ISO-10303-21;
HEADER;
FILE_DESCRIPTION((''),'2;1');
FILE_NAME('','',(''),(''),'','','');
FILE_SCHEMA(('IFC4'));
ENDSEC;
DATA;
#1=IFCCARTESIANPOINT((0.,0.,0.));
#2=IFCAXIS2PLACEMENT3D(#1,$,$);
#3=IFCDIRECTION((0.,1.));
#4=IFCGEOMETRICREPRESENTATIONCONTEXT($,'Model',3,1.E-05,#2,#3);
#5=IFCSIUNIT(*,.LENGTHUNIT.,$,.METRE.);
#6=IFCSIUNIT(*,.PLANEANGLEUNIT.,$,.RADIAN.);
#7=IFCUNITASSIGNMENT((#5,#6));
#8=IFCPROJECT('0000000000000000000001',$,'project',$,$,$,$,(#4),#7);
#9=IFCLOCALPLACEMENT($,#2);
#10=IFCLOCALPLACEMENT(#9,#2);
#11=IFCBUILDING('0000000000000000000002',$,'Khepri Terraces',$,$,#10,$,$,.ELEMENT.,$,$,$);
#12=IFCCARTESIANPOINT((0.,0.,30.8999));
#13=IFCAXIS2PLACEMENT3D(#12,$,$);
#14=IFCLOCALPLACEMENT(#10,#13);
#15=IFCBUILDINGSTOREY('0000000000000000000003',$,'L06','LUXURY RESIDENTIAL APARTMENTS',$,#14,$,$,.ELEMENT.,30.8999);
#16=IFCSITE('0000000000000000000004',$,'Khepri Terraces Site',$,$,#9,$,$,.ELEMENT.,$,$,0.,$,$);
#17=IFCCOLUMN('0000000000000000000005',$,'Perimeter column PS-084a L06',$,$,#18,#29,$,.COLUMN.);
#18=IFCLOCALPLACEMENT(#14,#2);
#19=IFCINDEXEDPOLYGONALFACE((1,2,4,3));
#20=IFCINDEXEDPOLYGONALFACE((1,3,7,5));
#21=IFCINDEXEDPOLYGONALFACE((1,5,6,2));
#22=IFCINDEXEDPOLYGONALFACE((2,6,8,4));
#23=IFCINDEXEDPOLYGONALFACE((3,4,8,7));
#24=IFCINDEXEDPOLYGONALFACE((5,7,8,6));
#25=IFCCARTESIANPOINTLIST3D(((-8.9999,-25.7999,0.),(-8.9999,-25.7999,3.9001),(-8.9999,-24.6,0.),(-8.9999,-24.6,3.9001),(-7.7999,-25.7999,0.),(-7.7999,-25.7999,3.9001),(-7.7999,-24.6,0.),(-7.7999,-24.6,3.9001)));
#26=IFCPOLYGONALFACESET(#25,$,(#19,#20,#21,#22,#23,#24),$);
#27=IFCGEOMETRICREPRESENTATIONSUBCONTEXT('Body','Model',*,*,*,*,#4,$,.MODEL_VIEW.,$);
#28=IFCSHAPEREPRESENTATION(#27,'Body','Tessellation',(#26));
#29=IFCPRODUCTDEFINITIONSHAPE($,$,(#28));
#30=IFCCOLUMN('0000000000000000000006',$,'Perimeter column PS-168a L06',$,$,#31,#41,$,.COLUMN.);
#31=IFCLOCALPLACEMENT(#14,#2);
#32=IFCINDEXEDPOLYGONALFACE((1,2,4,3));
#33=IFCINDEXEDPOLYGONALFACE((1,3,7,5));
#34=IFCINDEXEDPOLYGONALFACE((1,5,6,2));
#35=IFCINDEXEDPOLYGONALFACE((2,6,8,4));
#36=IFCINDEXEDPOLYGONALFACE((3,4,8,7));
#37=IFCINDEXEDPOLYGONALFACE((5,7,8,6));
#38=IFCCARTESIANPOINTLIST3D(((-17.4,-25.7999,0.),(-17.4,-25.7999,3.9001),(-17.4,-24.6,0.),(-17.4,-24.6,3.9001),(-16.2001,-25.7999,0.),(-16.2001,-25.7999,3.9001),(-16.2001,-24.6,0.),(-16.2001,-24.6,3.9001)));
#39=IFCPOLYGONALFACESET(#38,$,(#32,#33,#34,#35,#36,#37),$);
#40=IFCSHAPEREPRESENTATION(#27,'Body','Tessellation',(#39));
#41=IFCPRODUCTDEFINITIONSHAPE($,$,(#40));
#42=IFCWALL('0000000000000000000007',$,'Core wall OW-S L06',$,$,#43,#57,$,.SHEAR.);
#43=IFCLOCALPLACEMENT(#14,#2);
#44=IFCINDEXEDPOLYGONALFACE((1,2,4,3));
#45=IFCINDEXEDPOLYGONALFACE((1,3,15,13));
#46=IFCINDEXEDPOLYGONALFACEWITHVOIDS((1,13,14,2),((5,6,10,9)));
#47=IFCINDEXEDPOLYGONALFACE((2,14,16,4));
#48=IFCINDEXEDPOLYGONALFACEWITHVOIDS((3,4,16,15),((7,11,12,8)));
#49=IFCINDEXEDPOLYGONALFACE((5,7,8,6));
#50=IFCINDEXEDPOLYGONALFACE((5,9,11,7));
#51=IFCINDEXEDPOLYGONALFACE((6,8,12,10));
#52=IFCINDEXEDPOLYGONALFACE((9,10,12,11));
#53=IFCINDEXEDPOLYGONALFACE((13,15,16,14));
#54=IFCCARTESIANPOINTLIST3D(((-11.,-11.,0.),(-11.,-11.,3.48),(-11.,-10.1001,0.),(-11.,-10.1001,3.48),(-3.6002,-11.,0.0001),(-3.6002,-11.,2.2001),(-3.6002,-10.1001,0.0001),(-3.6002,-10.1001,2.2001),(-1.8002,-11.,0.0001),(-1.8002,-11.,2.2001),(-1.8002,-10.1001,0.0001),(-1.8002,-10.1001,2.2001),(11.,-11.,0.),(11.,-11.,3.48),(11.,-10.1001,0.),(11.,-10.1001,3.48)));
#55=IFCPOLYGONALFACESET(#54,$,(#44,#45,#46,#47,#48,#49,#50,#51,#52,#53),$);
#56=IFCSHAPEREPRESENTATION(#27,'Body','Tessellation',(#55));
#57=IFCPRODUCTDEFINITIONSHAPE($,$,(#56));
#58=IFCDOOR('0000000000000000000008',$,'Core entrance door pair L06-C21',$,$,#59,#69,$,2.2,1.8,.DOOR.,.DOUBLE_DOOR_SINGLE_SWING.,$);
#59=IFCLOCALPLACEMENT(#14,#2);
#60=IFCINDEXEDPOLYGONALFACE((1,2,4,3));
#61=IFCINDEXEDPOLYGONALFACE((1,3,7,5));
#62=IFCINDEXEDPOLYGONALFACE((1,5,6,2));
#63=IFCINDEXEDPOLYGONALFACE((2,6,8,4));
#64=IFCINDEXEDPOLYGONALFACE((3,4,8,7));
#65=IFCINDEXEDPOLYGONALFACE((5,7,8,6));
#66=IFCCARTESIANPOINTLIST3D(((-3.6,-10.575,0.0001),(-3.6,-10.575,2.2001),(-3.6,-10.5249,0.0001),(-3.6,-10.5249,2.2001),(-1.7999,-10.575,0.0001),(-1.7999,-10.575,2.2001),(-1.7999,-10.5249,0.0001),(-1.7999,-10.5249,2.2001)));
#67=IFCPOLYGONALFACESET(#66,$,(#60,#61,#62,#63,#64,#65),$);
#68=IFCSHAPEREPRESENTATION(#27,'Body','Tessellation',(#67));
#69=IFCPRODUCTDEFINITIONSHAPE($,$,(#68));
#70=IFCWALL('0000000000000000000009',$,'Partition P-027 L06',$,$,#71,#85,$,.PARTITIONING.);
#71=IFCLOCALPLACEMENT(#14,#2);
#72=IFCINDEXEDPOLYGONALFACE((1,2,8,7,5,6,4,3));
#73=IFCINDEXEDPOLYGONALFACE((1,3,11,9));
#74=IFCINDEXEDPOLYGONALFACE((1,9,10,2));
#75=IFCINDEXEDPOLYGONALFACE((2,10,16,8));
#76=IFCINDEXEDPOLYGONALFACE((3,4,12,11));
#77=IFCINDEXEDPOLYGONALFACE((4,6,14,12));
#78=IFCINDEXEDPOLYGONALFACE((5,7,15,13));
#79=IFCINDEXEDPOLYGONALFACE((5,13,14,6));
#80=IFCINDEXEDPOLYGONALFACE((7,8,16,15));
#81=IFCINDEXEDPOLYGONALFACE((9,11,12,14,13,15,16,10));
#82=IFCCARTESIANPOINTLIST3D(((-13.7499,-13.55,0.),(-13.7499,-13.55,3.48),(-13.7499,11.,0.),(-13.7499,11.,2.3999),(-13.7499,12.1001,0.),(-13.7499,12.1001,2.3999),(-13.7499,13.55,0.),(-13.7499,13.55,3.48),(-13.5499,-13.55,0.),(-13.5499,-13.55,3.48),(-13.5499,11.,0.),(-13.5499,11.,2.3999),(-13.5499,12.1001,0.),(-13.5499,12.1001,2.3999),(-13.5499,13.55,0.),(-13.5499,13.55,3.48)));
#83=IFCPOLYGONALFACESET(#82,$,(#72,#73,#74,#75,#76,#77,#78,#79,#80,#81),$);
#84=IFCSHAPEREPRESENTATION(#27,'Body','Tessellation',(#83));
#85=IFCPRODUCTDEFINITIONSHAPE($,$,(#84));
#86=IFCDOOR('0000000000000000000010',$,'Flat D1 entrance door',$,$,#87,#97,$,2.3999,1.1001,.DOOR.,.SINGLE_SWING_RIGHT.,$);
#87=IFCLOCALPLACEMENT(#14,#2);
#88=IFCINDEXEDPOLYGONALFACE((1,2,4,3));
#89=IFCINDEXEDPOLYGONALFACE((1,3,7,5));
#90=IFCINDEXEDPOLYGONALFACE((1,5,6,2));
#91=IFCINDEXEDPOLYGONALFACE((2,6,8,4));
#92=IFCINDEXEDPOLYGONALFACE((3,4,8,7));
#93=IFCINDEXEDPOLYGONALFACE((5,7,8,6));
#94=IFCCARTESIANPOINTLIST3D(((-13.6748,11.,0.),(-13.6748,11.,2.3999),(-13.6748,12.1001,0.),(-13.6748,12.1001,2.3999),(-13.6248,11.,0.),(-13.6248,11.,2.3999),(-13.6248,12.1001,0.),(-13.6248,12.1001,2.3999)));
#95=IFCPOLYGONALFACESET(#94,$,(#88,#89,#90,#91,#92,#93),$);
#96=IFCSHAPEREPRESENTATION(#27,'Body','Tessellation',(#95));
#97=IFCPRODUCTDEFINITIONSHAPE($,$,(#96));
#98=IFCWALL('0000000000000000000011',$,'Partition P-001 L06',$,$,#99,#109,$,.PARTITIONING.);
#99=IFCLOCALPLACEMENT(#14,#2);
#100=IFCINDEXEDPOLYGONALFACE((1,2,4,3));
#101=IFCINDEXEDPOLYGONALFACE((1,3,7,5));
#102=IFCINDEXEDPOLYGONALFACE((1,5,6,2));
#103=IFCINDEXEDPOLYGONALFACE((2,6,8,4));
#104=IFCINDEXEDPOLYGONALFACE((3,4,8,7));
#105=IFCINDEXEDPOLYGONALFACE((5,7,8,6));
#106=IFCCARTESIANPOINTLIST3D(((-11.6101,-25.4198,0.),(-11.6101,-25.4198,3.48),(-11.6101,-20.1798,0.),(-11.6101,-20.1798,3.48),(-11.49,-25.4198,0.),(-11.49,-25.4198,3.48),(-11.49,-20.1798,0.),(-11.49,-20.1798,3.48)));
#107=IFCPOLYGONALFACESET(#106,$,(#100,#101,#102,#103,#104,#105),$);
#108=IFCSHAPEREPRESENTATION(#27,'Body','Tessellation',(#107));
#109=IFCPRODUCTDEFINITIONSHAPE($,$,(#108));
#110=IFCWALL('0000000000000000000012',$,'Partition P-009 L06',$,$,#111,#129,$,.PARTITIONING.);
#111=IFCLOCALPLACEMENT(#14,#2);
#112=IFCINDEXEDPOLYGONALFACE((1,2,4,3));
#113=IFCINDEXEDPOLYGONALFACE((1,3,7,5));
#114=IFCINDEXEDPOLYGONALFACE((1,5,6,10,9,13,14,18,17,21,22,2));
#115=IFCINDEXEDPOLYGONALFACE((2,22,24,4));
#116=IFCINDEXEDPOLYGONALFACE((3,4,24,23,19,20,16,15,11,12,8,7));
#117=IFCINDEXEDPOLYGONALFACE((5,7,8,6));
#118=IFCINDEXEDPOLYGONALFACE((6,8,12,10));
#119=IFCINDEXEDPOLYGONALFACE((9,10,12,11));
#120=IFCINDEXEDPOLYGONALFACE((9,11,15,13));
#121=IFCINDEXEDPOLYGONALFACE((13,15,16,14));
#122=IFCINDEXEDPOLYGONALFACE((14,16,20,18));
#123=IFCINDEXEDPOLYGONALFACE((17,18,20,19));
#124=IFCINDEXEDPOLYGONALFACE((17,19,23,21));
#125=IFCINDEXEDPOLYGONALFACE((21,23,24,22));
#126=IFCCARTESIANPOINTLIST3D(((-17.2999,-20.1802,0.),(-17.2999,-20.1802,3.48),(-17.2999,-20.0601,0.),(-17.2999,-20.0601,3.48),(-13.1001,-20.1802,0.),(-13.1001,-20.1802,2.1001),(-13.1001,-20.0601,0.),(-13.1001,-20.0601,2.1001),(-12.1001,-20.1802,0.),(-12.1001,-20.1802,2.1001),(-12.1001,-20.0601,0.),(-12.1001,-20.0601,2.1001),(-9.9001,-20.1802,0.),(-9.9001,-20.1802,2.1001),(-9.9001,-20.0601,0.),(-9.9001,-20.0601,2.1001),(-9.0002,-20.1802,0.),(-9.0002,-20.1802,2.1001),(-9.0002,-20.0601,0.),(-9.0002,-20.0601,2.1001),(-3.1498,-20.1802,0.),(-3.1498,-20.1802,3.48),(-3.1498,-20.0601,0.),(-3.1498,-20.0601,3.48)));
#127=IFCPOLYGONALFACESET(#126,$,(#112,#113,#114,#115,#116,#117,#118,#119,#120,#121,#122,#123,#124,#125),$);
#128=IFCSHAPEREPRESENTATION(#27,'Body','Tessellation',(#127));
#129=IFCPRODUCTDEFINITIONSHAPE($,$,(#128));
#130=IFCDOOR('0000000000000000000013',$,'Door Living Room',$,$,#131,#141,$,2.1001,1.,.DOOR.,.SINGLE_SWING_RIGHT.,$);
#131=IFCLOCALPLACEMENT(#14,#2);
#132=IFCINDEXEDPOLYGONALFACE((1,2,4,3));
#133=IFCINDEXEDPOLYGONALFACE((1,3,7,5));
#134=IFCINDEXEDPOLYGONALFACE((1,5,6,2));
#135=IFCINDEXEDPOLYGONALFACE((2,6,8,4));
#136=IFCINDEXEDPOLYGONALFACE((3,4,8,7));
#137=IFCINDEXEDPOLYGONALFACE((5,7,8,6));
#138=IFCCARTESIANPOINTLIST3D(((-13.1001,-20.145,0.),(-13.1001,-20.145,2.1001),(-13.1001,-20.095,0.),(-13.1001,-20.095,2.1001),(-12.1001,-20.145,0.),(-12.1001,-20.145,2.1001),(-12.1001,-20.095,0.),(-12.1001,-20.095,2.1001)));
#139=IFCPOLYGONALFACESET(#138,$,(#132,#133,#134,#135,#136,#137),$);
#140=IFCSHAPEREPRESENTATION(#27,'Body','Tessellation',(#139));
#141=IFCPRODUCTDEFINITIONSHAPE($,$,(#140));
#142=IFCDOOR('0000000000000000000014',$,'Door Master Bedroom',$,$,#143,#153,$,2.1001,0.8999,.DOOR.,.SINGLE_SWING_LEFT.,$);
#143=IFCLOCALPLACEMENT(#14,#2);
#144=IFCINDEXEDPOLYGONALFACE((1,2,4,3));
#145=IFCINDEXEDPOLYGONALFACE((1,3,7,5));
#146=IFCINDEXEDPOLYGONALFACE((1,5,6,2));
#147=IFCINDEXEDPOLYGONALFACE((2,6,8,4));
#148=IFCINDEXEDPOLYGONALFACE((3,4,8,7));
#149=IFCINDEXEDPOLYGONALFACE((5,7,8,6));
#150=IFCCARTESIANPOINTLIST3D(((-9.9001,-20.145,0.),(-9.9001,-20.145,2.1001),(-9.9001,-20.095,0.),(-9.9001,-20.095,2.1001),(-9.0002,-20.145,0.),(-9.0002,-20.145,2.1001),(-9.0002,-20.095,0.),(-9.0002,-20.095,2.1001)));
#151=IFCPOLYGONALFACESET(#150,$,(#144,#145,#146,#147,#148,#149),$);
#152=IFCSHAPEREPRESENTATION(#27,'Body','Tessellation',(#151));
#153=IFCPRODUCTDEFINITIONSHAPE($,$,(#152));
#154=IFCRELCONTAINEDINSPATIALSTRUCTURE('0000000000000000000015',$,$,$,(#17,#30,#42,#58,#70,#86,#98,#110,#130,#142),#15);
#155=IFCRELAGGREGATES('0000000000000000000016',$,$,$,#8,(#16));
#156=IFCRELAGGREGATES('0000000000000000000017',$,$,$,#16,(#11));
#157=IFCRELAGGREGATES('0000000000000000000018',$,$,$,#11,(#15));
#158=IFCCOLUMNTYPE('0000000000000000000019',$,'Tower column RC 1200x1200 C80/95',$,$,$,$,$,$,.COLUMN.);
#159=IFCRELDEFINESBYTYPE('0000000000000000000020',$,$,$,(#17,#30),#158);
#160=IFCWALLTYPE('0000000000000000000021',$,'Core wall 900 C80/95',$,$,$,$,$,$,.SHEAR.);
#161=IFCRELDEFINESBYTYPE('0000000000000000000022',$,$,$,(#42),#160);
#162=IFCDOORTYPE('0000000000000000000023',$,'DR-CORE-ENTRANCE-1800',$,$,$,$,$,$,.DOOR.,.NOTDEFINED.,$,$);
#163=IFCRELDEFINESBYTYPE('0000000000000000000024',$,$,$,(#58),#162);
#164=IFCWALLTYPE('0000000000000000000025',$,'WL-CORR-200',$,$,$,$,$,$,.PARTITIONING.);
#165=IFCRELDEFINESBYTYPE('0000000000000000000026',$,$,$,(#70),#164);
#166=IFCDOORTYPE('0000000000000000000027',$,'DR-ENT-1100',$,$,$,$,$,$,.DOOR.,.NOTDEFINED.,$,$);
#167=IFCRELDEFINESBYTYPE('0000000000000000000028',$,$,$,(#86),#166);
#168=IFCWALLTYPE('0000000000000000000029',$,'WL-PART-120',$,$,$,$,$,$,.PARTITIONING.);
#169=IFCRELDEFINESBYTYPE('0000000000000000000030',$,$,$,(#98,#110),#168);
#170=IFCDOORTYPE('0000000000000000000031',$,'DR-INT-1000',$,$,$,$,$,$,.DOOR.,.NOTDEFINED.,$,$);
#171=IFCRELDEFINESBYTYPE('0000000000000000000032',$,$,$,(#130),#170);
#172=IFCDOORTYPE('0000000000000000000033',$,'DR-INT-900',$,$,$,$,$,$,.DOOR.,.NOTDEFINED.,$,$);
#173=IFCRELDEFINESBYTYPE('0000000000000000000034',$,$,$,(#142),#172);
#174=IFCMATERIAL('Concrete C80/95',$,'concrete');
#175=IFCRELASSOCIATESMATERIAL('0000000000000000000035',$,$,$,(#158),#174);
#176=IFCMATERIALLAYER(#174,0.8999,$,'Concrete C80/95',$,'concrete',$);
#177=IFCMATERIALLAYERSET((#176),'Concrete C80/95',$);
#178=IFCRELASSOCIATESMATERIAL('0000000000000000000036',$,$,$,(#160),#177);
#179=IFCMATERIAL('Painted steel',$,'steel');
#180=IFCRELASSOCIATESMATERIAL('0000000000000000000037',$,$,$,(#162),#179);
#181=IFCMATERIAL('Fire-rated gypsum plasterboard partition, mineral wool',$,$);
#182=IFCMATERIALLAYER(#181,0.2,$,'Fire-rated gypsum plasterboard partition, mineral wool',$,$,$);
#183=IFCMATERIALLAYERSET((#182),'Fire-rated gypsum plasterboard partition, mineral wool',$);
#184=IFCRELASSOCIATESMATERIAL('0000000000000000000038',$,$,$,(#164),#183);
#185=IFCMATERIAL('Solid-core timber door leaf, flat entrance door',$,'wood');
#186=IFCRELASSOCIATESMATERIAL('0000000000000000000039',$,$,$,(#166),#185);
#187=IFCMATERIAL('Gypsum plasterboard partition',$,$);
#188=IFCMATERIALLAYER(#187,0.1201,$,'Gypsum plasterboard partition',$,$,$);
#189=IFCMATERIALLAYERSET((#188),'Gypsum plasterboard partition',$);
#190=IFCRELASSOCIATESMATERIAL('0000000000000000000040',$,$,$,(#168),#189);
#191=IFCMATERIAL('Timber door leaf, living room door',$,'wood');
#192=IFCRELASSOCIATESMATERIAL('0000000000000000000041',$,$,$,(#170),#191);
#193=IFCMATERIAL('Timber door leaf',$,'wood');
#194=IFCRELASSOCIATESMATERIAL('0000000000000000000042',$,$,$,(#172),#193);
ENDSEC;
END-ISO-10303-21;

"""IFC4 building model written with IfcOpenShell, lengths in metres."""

from ifc_helpers import new_model, si_unit, direction, frame, frame_2d, origin, origin_2d, place, context, subcontext, project, spatial, rectangle, extrude, material, layer, layer_set, material_profile, profile_set, type_object, element, fill, save


model = new_model("IFC4")

# Units and contexts
model_context = context("Model", 3, precision=1e-05, world=origin(), true_north=direction((0.0, 1.0)))
body_context = subcontext(model_context, "Body", "Model", "MODEL_VIEW")
ifc_project = project(units=[si_unit("LENGTHUNIT", "METRE"), si_unit("PLANEANGLEUNIT", "RADIAN")], contexts=[model_context])

# Site, building, storey
site_placement = place(None, origin())
site = spatial("IfcSite", under=ifc_project, at=site_placement, Name="Khepri Terraces Site", CompositionType="ELEMENT", RefElevation=0.0)
building_placement = place(site_placement, origin())
building = spatial("IfcBuilding", under=site, at=building_placement, Name="Khepri Terraces", CompositionType="ELEMENT")
storey_placement = place(building_placement, frame((0.0, 0.0, 30.8999)))
storey = spatial("IfcBuildingStorey", under=building, at=storey_placement, Name="L06", Description="LUXURY RESIDENTIAL APARTMENTS", CompositionType="ELEMENT", Elevation=30.8999)

# Columns
ifc_material_1 = material(Name="Concrete C80/95", Category="concrete")
ifc_material_profile = material_profile(ifc_material_1, rectangle(XDim=1.2, YDim=1.2, at=origin_2d()), Name="Concrete C80/95", Category="concrete")
ifc_profile_set = profile_set([ifc_material_profile], Name="Concrete C80/95")
column_type = type_object("IfcColumnType", Name="Tower column RC 1200x1200 C80/95", PredefinedType="COLUMN", material=ifc_profile_set)
for number, where, z_axis, x_axis, name in (
    (1, (-8.3999, -25.2, 0.0), (0.0, 0.0, 1.0), (1.0, 0.0, 0.0), "Perimeter column PS-084a L06"),
    (2, (-16.8, -25.2, 0.0), (0.0, 0.0, 1.0), (1.0, 0.0, 0.0), "Perimeter column PS-168a L06"),
):
    element("IfcColumn", number, at=place(storey_placement, frame(where, z_axis=z_axis, x_axis=x_axis)), inside=storey, type_object=column_type, Name=name, PredefinedType="COLUMN", context=body_context, shape_type="SweptSolid", body=[
        extrude(rectangle(XDim=1.2, YDim=1.2, at=origin_2d()), origin(), (0.0, 0.0, 1.0), 3.9001),
    ])

# Walls, openings, doors
ifc_layer_1 = layer(ifc_material_1, 0.8999, Name="Concrete C80/95", Category="concrete")
ifc_layer_set_1 = layer_set([ifc_layer_1], Name="Concrete C80/95")
wall_type_1 = type_object("IfcWallType", Name="Core wall 900 C80/95", PredefinedType="SHEAR", material=ifc_layer_set_1)
wall_1_placement = place(storey_placement, frame((-11.0, -10.55, 0.0), z_axis=(0.0, 0.0, 1.0), x_axis=(1.0, 0.0, 0.0)))
wall_1 = element("IfcWall", 3, at=wall_1_placement, inside=storey, type_object=wall_type_1, Name="Core wall OW-S L06", PredefinedType="SHEAR", context=body_context, shape_type="SweptSolid", body=[
    extrude(rectangle(XDim=22.0, YDim=0.8999, at=frame_2d((11.0, 0.0))), origin(), (0.0, 0.0, 1.0), 3.48),
])
opening_1_placement = place(wall_1_placement, frame((7.3999, 0.0, 0.0)))
opening_1 = element("IfcOpeningElement", 4, at=opening_1_placement, cuts=wall_1, PredefinedType="OPENING", context=body_context, shape_type="SweptSolid", body=[
    extrude(rectangle(XDim=1.8, YDim=2.2, at=frame_2d((0.8999, 1.1001))), frame((0.0, 0.46, 0.0), z_axis=(0.0, -1.0, 0.0), x_axis=(1.0, 0.0, 0.0)), (0.0, 0.0, 1.0), 0.9199),
])
ifc_material_2 = material(Name="Painted steel", Category="steel")
door_type_1 = type_object("IfcDoorType", Name="DR-CORE-ENTRANCE-1800", OperationType="NOTDEFINED", PredefinedType="DOOR", material=ifc_material_2)
door_1_placement = place(opening_1_placement, frame((1.8, 0.0, 0.0), z_axis=(0.0, 0.0, 1.0), x_axis=(-1.0, 0.0, 0.0)))
door_1 = element("IfcDoor", 5, at=door_1_placement, inside=storey, type_object=door_type_1, Name="Core entrance door pair L06-C21", OperationType="DOUBLE_DOOR_SINGLE_SWING", OverallHeight=2.2, OverallWidth=1.8, PredefinedType="DOOR", context=body_context, shape_type="SweptSolid", body=[
    extrude(rectangle(XDim=1.8, YDim=2.2, at=frame_2d((0.8999, 1.1001))), frame((0.0, 0.0249, 0.0), z_axis=(0.0, -1.0, 0.0), x_axis=(1.0, 0.0, 0.0)), (0.0, 0.0, 1.0), 0.05),
])
fill(opening_1, door_1)
ifc_material_3 = material(Name="Fire-rated gypsum plasterboard partition, mineral wool")
ifc_layer_2 = layer(ifc_material_3, 0.2, Name="Fire-rated gypsum plasterboard partition, mineral wool")
ifc_layer_set_2 = layer_set([ifc_layer_2], Name="Fire-rated gypsum plasterboard partition, mineral wool")
wall_type_2 = type_object("IfcWallType", Name="WL-CORR-200", PredefinedType="PARTITIONING", material=ifc_layer_set_2)
wall_2_placement = place(storey_placement, frame((-13.6499, -13.55, 0.0), z_axis=(0.0, 0.0, 1.0), x_axis=(0.0, 1.0, 0.0)))
wall_2 = element("IfcWall", 6, at=wall_2_placement, inside=storey, type_object=wall_type_2, Name="Partition P-027 L06", PredefinedType="PARTITIONING", context=body_context, shape_type="SweptSolid", body=[
    extrude(rectangle(XDim=27.1001, YDim=0.2, at=frame_2d((13.55, 0.0))), origin(), (0.0, 0.0, 1.0), 3.48),
])
opening_2_placement = place(wall_2_placement, frame((24.55, 0.0, 0.0)))
opening_2 = element("IfcOpeningElement", 7, at=opening_2_placement, cuts=wall_2, PredefinedType="OPENING", context=body_context, shape_type="SweptSolid", body=[
    extrude(rectangle(XDim=1.1001, YDim=2.3999, at=frame_2d((0.55, 1.2))), frame((0.0, 0.1099, 0.0), z_axis=(0.0, -1.0, 0.0), x_axis=(1.0, 0.0, 0.0)), (0.0, 0.0, 1.0), 0.22),
])
ifc_material_4 = material(Name="Solid-core timber door leaf, flat entrance door", Category="wood")
door_type_2 = type_object("IfcDoorType", Name="DR-ENT-1100", OperationType="NOTDEFINED", PredefinedType="DOOR", material=ifc_material_4)
door_2_placement = place(opening_2_placement, origin())
door_2 = element("IfcDoor", 8, at=door_2_placement, inside=storey, type_object=door_type_2, Name="Flat D1 entrance door", OperationType="SINGLE_SWING_RIGHT", OverallHeight=2.3999, OverallWidth=1.1001, PredefinedType="DOOR", context=body_context, shape_type="SweptSolid", body=[
    extrude(rectangle(XDim=1.1001, YDim=2.3999, at=frame_2d((0.55, 1.2))), frame((0.0, 0.0249, 0.0), z_axis=(0.0, -1.0, 0.0), x_axis=(1.0, 0.0, 0.0)), (0.0, 0.0, 1.0), 0.05),
])
fill(opening_2, door_2)

# Wall
ifc_material_5 = material(Name="Gypsum plasterboard partition")
ifc_layer_3 = layer(ifc_material_5, 0.1201, Name="Gypsum plasterboard partition")
ifc_layer_set_3 = layer_set([ifc_layer_3], Name="Gypsum plasterboard partition")
wall_type_3 = type_object("IfcWallType", Name="WL-PART-120", PredefinedType="PARTITIONING", material=ifc_layer_set_3)
wall_3_placement = place(storey_placement, frame((-11.55, -25.4199, 0.0), z_axis=(0.0, 0.0, 1.0), x_axis=(0.0, 1.0, 0.0)))
element("IfcWall", 9, at=wall_3_placement, inside=storey, type_object=wall_type_3, Name="Partition P-001 L06", PredefinedType="PARTITIONING", context=body_context, shape_type="SweptSolid", body=[
    extrude(rectangle(XDim=5.24, YDim=0.1201, at=frame_2d((2.6201, 0.0))), origin(), (0.0, 0.0, 1.0), 3.48),
])

# Wall, openings, doors
wall_4_placement = place(storey_placement, frame((-17.3, -20.1201, 0.0), z_axis=(0.0, 0.0, 1.0), x_axis=(1.0, 0.0, 0.0)))
wall_4 = element("IfcWall", 10, at=wall_4_placement, inside=storey, type_object=wall_type_3, Name="Partition P-009 L06", PredefinedType="PARTITIONING", context=body_context, shape_type="SweptSolid", body=[
    extrude(rectangle(XDim=14.1501, YDim=0.1201, at=frame_2d((7.0752, 0.0))), origin(), (0.0, 0.0, 1.0), 3.48),
])
opening_3_placement = place(wall_4_placement, frame((4.2, 0.0, 0.0)))
opening_3 = element("IfcOpeningElement", 11, at=opening_3_placement, cuts=wall_4, PredefinedType="OPENING", context=body_context, shape_type="SweptSolid", body=[
    extrude(rectangle(XDim=1.0, YDim=2.1001, at=frame_2d((0.5, 1.05))), frame((0.0, 0.0701, 0.0), z_axis=(0.0, -1.0, 0.0), x_axis=(1.0, 0.0, 0.0)), (0.0, 0.0, 1.0), 0.1401),
])
opening_4_placement = place(wall_4_placement, frame((7.3999, 0.0, 0.0)))
opening_4 = element("IfcOpeningElement", 12, at=opening_4_placement, cuts=wall_4, PredefinedType="OPENING", context=body_context, shape_type="SweptSolid", body=[
    extrude(rectangle(XDim=0.8999, YDim=2.1001, at=frame_2d((0.45, 1.05))), frame((0.0, 0.0701, 0.0), z_axis=(0.0, -1.0, 0.0), x_axis=(1.0, 0.0, 0.0)), (0.0, 0.0, 1.0), 0.1401),
])
ifc_material_6 = material(Name="Timber door leaf, living room door", Category="wood")
door_type_3 = type_object("IfcDoorType", Name="DR-INT-1000", OperationType="NOTDEFINED", PredefinedType="DOOR", material=ifc_material_6)
door_3_placement = place(opening_3_placement, frame((1.0, 0.0, 0.0), z_axis=(0.0, 0.0, 1.0), x_axis=(-1.0, 0.0, 0.0)))
door_3 = element("IfcDoor", 13, at=door_3_placement, inside=storey, type_object=door_type_3, Name="Door Living Room", OperationType="SINGLE_SWING_RIGHT", OverallHeight=2.1001, OverallWidth=1.0, PredefinedType="DOOR", context=body_context, shape_type="SweptSolid", body=[
    extrude(rectangle(XDim=1.0, YDim=2.1001, at=frame_2d((0.5, 1.05))), frame((0.0, 0.0249, 0.0), z_axis=(0.0, -1.0, 0.0), x_axis=(1.0, 0.0, 0.0)), (0.0, 0.0, 1.0), 0.05),
])
fill(opening_3, door_3)
ifc_material_7 = material(Name="Timber door leaf", Category="wood")
door_type_4 = type_object("IfcDoorType", Name="DR-INT-900", OperationType="NOTDEFINED", PredefinedType="DOOR", material=ifc_material_7)
door_4_placement = place(opening_4_placement, frame((0.8999, 0.0, 0.0), z_axis=(0.0, 0.0, 1.0), x_axis=(-1.0, 0.0, 0.0)))
door_4 = element("IfcDoor", 14, at=door_4_placement, inside=storey, type_object=door_type_4, Name="Door Master Bedroom", OperationType="SINGLE_SWING_LEFT", OverallHeight=2.1001, OverallWidth=0.8999, PredefinedType="DOOR", context=body_context, shape_type="SweptSolid", body=[
    extrude(rectangle(XDim=0.8999, YDim=2.1001, at=frame_2d((0.45, 1.05))), frame((0.0, 0.0249, 0.0), z_axis=(0.0, -1.0, 0.0), x_axis=(1.0, 0.0, 0.0)), (0.0, 0.0, 1.0), 0.05),
])
fill(opening_4, door_4)

save(model, "model.ifc")
